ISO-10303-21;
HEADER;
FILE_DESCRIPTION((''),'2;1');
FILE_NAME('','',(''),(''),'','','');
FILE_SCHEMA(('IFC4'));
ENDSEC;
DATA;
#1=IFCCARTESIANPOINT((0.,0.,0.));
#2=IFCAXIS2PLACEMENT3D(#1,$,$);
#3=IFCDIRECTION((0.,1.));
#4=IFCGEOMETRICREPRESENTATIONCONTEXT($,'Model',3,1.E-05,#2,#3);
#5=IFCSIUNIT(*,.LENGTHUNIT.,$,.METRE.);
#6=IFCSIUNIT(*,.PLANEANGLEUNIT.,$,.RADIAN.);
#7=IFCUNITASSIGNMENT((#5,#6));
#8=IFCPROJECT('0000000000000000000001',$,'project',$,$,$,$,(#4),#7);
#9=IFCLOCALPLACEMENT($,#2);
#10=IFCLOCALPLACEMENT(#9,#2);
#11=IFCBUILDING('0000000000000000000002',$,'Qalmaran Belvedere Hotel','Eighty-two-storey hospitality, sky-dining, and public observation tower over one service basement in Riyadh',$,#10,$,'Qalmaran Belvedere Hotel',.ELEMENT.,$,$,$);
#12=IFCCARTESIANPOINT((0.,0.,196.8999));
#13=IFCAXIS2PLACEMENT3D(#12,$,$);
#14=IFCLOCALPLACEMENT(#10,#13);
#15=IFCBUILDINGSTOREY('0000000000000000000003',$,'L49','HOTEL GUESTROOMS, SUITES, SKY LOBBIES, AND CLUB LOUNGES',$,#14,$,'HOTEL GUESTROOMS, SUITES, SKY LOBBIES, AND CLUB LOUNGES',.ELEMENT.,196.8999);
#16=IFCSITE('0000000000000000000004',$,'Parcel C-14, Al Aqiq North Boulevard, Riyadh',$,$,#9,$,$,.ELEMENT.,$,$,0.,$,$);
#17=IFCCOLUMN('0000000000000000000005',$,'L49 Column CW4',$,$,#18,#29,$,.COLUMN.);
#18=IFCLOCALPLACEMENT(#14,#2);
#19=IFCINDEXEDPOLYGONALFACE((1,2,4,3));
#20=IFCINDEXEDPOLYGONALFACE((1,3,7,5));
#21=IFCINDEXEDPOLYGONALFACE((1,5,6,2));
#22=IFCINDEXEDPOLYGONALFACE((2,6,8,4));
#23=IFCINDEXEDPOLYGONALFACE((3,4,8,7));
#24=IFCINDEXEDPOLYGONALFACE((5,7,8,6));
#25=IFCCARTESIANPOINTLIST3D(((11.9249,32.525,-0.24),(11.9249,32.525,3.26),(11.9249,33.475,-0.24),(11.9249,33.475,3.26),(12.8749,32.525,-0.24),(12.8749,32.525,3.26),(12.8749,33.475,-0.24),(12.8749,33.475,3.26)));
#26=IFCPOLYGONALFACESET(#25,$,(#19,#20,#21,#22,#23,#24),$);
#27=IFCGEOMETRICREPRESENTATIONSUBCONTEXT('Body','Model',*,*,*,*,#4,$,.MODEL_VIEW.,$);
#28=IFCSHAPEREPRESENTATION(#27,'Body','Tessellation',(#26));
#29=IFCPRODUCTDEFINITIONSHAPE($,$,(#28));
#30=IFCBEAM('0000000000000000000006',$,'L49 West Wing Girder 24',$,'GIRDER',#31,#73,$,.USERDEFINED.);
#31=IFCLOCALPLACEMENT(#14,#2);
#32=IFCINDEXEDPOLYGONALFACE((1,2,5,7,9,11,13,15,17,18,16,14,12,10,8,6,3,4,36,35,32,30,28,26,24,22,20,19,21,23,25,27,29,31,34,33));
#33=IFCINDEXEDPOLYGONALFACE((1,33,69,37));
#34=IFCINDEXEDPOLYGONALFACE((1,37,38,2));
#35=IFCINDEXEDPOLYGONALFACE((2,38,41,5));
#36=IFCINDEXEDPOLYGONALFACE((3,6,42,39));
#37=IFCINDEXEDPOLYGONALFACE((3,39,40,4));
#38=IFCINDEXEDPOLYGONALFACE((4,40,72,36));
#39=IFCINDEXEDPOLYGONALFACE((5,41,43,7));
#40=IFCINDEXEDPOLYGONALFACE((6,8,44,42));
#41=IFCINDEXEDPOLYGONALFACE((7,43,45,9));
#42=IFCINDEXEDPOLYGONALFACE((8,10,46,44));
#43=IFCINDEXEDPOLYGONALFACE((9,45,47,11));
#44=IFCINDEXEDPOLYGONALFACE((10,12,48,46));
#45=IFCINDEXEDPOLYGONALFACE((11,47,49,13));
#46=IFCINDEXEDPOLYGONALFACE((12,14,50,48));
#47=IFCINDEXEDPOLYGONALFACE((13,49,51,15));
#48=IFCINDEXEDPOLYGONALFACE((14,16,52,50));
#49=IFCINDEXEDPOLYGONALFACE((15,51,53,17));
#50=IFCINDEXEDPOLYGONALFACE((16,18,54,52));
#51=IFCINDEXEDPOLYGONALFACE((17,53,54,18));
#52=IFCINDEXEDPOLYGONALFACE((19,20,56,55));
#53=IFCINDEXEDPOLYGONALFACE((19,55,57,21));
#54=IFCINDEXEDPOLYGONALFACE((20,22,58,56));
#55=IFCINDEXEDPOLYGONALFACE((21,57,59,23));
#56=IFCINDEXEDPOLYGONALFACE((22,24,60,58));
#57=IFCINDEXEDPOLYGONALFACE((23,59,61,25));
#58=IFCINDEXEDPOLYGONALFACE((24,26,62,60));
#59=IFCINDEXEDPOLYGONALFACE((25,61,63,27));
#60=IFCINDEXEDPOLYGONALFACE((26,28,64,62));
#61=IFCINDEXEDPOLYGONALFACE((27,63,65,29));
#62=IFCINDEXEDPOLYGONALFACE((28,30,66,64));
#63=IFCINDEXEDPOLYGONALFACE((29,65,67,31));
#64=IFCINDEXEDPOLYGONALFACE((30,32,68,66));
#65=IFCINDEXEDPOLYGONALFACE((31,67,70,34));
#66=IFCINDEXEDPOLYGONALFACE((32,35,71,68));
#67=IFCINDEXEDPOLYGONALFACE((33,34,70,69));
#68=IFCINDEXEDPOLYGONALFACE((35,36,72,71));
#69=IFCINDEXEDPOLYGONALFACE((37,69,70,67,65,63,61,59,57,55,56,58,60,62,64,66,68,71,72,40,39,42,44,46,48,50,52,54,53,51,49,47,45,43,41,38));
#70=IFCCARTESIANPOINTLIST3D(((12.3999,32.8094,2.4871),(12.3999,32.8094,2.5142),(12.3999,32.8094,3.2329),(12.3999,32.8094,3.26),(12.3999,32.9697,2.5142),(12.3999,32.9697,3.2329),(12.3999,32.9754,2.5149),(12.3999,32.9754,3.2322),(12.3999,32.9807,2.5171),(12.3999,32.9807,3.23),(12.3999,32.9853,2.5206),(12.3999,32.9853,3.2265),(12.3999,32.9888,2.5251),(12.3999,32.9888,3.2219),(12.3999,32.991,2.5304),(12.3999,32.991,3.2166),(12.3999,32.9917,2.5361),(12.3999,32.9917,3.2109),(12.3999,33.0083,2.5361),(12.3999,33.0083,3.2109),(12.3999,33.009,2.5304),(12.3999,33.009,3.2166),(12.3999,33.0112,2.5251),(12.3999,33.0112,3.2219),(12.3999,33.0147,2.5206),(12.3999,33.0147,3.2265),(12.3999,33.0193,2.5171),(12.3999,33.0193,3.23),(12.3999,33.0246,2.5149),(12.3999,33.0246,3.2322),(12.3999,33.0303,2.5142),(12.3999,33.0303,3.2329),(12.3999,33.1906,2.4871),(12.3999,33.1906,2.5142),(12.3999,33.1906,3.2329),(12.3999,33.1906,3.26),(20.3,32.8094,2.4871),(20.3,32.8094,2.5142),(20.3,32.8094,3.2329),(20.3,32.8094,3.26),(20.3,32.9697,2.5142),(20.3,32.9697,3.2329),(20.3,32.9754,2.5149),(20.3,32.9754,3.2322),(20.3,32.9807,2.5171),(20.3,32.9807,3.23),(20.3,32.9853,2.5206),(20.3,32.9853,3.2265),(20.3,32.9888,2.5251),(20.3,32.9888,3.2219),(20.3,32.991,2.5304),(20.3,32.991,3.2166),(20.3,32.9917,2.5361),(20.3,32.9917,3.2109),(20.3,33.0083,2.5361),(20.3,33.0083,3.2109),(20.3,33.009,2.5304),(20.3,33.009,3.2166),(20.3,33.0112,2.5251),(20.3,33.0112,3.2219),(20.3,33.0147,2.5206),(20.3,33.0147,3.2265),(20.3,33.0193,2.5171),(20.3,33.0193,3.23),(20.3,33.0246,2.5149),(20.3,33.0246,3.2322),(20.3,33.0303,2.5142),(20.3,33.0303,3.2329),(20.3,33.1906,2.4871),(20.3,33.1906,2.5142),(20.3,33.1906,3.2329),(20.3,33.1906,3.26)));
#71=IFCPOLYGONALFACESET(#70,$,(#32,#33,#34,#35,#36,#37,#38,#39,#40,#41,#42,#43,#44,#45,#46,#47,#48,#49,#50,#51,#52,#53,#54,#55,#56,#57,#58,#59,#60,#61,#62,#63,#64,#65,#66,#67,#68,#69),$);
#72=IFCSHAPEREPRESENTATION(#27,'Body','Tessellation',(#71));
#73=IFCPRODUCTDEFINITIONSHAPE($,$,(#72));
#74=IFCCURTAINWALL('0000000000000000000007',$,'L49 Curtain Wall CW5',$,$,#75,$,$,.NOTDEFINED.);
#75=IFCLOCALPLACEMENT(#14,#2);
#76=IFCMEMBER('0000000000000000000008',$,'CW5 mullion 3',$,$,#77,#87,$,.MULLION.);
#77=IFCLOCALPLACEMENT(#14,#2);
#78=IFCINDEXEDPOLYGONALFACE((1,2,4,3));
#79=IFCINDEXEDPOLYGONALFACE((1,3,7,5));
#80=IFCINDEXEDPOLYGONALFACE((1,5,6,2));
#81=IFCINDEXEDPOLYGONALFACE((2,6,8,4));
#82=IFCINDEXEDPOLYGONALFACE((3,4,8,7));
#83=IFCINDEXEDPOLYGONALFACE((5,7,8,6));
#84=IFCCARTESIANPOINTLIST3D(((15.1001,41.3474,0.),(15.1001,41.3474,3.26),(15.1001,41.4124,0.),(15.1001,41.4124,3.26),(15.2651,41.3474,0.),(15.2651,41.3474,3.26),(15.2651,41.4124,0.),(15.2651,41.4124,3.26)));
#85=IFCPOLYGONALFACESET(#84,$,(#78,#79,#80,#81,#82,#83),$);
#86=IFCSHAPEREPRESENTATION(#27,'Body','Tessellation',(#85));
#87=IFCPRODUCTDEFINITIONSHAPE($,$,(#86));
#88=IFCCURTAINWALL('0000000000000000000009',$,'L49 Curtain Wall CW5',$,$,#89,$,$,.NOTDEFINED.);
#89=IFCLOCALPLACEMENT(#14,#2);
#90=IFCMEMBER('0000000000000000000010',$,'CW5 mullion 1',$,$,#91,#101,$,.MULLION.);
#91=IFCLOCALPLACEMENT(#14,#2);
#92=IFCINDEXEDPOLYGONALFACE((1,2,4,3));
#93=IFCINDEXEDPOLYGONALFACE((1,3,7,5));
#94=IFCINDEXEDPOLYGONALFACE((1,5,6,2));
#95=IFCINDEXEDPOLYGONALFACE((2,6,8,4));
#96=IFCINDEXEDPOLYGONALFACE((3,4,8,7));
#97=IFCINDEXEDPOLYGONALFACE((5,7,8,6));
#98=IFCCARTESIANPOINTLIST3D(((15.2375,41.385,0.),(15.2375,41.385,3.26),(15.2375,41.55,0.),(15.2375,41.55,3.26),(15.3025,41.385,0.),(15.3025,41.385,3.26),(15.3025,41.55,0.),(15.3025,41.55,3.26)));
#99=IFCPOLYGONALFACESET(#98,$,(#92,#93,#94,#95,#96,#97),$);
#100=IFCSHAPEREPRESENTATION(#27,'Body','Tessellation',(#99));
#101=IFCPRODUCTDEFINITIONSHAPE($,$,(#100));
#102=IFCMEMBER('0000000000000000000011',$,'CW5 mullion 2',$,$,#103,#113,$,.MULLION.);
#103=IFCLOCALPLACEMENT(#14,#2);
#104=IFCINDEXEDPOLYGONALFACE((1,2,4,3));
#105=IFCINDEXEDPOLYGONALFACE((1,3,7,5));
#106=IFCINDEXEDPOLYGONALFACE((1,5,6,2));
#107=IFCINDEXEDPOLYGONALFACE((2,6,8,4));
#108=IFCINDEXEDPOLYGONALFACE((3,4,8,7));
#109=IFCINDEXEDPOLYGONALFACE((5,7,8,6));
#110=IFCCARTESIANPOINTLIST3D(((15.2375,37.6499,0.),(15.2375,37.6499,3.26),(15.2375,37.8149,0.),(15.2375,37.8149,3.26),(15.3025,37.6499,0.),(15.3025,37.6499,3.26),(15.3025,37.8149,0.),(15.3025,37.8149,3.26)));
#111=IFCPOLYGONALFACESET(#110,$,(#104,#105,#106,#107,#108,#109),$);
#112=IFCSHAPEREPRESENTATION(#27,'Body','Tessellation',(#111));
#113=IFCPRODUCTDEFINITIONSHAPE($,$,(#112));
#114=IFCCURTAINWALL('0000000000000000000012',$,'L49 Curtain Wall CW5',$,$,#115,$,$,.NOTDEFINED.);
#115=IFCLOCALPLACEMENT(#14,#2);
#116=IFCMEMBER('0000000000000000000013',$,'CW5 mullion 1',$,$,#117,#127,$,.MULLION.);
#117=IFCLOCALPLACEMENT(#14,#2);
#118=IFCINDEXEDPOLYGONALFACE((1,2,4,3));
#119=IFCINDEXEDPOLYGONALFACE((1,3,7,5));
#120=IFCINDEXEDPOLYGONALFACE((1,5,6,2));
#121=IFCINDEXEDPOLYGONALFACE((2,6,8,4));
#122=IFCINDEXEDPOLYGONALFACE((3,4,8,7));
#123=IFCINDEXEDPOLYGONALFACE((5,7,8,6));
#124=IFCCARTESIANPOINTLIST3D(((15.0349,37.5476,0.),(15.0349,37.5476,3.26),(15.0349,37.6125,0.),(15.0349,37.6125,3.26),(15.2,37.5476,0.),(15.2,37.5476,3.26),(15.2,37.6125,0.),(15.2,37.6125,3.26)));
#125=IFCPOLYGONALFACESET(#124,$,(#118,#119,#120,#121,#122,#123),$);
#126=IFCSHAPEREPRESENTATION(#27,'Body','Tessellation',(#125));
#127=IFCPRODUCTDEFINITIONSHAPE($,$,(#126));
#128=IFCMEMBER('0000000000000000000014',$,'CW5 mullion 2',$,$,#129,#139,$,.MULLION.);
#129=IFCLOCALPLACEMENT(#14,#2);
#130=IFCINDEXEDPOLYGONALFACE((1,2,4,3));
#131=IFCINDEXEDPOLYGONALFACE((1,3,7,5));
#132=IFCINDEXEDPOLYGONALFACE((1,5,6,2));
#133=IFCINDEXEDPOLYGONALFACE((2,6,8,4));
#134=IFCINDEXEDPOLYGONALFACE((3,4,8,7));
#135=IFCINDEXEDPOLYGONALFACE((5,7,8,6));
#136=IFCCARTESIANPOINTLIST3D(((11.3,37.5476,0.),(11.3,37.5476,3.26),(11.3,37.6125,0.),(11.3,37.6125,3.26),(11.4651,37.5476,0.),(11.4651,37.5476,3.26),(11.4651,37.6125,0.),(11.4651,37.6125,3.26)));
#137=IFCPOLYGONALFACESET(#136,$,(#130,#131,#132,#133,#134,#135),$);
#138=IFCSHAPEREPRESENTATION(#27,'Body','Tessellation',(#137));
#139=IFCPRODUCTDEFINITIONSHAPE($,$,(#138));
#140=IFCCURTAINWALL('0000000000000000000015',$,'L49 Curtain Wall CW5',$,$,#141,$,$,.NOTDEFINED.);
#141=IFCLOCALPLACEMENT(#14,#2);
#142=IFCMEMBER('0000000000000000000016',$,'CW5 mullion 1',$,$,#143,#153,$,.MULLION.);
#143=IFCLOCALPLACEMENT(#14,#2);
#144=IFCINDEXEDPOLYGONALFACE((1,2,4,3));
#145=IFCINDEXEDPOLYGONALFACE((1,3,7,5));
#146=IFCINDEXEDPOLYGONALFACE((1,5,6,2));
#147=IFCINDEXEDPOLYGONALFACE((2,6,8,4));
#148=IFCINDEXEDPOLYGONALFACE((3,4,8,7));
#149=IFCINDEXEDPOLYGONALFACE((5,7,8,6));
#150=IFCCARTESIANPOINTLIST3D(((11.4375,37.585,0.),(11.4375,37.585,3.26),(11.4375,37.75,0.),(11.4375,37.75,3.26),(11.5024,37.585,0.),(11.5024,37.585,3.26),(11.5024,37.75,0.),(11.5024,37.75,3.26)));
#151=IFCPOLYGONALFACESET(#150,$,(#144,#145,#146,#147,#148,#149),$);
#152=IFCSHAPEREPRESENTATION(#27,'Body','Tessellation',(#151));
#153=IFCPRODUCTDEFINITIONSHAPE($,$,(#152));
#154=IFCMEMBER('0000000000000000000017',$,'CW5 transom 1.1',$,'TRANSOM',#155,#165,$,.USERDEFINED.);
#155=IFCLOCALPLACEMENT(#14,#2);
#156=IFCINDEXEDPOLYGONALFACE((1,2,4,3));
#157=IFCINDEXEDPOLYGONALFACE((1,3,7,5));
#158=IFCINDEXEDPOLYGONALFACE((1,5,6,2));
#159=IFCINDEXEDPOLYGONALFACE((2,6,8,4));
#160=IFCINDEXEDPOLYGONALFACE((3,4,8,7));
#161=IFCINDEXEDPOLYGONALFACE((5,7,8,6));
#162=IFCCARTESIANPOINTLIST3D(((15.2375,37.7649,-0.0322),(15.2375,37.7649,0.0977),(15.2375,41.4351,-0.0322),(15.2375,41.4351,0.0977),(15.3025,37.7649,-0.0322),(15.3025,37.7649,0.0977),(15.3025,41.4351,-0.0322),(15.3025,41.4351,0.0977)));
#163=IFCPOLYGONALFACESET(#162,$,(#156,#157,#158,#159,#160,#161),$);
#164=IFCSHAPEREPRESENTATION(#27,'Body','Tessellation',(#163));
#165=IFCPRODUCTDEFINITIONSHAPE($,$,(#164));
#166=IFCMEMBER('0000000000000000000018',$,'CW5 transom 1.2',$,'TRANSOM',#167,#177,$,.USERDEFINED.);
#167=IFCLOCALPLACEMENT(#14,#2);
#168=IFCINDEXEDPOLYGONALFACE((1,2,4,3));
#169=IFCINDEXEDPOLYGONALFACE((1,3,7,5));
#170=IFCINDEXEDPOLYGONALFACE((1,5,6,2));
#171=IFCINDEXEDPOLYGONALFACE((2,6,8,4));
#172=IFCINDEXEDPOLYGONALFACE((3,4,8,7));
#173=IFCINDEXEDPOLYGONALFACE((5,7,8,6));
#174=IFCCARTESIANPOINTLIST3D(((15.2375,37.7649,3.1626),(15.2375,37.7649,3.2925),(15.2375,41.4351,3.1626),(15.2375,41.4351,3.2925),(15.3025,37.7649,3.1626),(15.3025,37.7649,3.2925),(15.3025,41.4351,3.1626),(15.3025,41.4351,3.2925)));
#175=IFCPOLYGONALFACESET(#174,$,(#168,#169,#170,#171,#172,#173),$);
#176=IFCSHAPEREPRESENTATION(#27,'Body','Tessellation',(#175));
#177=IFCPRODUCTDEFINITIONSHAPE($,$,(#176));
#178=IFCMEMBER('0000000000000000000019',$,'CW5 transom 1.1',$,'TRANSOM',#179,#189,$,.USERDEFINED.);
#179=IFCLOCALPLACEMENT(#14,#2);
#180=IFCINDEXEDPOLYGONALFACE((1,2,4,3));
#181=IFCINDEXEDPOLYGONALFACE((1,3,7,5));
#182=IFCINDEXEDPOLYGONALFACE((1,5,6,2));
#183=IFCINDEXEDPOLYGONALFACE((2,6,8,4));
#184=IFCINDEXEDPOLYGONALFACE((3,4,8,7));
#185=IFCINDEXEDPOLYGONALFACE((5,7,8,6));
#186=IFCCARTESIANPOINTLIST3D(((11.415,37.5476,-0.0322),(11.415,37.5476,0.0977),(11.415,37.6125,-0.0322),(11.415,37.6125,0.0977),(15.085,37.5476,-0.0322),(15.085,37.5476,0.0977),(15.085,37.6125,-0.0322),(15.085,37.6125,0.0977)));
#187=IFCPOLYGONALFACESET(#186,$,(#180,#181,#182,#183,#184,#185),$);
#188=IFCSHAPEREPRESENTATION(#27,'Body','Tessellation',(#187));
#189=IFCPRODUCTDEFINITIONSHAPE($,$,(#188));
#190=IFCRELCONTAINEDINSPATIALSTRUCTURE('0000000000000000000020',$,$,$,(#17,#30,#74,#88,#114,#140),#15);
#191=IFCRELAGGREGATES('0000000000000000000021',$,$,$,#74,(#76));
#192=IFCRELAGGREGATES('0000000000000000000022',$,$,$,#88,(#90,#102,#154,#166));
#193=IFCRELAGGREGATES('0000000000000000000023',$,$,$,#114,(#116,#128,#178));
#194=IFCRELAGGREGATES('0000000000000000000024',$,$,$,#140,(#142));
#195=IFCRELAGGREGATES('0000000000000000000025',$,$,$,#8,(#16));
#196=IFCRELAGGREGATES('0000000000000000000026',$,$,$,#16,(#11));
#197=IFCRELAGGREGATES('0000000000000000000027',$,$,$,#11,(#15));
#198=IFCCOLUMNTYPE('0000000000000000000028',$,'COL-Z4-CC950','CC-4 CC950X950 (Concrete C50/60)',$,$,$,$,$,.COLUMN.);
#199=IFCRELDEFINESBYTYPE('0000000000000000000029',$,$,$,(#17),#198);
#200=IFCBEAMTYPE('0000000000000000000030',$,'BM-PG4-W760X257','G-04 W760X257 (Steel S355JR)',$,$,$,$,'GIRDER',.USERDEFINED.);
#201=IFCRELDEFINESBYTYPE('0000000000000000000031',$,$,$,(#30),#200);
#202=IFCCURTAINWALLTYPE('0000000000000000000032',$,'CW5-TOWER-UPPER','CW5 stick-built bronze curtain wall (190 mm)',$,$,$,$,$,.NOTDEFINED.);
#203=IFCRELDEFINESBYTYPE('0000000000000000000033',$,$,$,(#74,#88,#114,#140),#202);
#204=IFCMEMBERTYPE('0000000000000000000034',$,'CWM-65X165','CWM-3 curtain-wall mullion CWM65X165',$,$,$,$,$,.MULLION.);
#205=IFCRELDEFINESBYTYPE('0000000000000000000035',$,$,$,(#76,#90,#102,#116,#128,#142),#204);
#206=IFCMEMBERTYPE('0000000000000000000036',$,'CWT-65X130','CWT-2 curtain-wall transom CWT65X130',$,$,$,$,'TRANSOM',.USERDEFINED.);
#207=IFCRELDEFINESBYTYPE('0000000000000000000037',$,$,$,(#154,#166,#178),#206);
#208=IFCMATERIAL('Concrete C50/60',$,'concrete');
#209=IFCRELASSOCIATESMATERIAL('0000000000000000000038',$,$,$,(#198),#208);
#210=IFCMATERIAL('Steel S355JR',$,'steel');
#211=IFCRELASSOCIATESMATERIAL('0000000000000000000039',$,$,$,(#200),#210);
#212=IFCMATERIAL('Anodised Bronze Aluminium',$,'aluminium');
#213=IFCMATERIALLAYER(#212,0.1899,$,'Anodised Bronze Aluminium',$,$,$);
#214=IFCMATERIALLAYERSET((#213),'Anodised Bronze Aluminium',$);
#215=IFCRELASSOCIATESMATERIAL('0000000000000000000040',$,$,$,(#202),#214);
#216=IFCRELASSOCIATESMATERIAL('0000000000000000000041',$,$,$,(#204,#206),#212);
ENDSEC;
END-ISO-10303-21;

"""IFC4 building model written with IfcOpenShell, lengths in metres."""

from ifc_helpers import new_model, si_unit, direction, frame, origin, origin_2d, place, context, subcontext, project, spatial, rectangle, i_section, extrude, material, layer, layer_set, material_profile, profile_set, type_object, element, aggregate, save


model = new_model("IFC4")

# Units and contexts
model_context = context("Model", 3, precision=1e-05, world=origin(), true_north=direction((0.0, 1.0)))
body_context = subcontext(model_context, "Body", "Model", "MODEL_VIEW")
ifc_project = project(units=[si_unit("LENGTHUNIT", "METRE"), si_unit("PLANEANGLEUNIT", "RADIAN")], contexts=[model_context])

# Site, building, storey
site_placement = place(None, origin())
site = spatial("IfcSite", under=ifc_project, at=site_placement, Name="Parcel C-14, Al Aqiq North Boulevard, Riyadh", CompositionType="ELEMENT", RefElevation=0.0)
building_placement = place(site_placement, origin())
building = spatial("IfcBuilding", under=site, at=building_placement, Name="Qalmaran Belvedere Hotel", Description="Eighty-two-storey hospitality, sky-dining, and public observation tower over one service basement in Riyadh", LongName="Qalmaran Belvedere Hotel", CompositionType="ELEMENT")
storey_placement = place(building_placement, frame((0.0, 0.0, 196.8999)))
storey = spatial("IfcBuildingStorey", under=building, at=storey_placement, Name="L49", Description="HOTEL GUESTROOMS, SUITES, SKY LOBBIES, AND CLUB LOUNGES", LongName="HOTEL GUESTROOMS, SUITES, SKY LOBBIES, AND CLUB LOUNGES", CompositionType="ELEMENT", Elevation=196.8999)

# Column
ifc_material_1 = material(Name="Concrete C50/60", Category="concrete")
ifc_material_profile_1 = material_profile(ifc_material_1, rectangle(XDim=0.95, YDim=0.95, at=origin_2d()), Name="CC950X950")
ifc_profile_set_1 = profile_set([ifc_material_profile_1], Name="Concrete C50/60")
column_type = type_object("IfcColumnType", Name="COL-Z4-CC950", Description="CC-4 CC950X950 (Concrete C50/60)", PredefinedType="COLUMN", material=ifc_profile_set_1)
column_placement = place(storey_placement, frame((12.3999, 33.0, -0.24), z_axis=(0.0, 0.0, 1.0), x_axis=(1.0, 0.0, 0.0)))
element("IfcColumn", 1, at=column_placement, inside=storey, type_object=column_type, Name="L49 Column CW4", PredefinedType="COLUMN", context=body_context, shape_type="SweptSolid", body=[
    extrude(rectangle(XDim=0.95, YDim=0.95, at=origin_2d()), origin(), (0.0, 0.0, 1.0), 3.5),
])

# Beam
ifc_material_2 = material(Name="Steel S355JR", Category="steel")
ifc_material_profile_2 = material_profile(ifc_material_2, i_section(OverallWidth=0.3811, OverallDepth=0.7729, WebThickness=0.0166, FlangeThickness=0.0271, FilletRadius=0.022, at=origin_2d()), Name="W760X257")
ifc_profile_set_2 = profile_set([ifc_material_profile_2], Name="Steel S355JR")
beam_type = type_object("IfcBeamType", Name="BM-PG4-W760X257", Description="G-04 W760X257 (Steel S355JR)", ElementType="GIRDER", PredefinedType="USERDEFINED", material=ifc_profile_set_2)
beam_placement = place(storey_placement, frame((12.3999, 33.0, 2.8735), z_axis=(1.0, 0.0, 0.0), x_axis=(0.0, 1.0, 0.0)))
element("IfcBeam", 2, at=beam_placement, inside=storey, type_object=beam_type, Name="L49 West Wing Girder 24", ObjectType="GIRDER", PredefinedType="USERDEFINED", context=body_context, shape_type="SweptSolid", body=[
    extrude(i_section(OverallWidth=0.3811, OverallDepth=0.7729, WebThickness=0.0166, FlangeThickness=0.0271, FilletRadius=0.022, at=origin_2d()), origin(), (0.0, 0.0, 1.0), 7.9001),
])

# Curtain wall, member
ifc_material_3 = material(Name="Anodised Bronze Aluminium", Category="aluminium")
ifc_layer_1 = layer(ifc_material_3, 0.1899, Name="Anodised Bronze Aluminium")
ifc_layer_set_1 = layer_set([ifc_layer_1], Name="Anodised Bronze Aluminium")
curtain_wall_type = type_object("IfcCurtainWallType", Name="CW5-TOWER-UPPER", Description="CW5 stick-built bronze curtain wall (190 mm)", PredefinedType="NOTDEFINED", material=ifc_layer_set_1)
curtain_wall_1_placement = place(storey_placement, origin())
curtain_wall_1 = element("IfcCurtainWall", 3, at=curtain_wall_1_placement, inside=storey, type_object=curtain_wall_type, Name="L49 Curtain Wall CW5", PredefinedType="NOTDEFINED")
ifc_material_profile_3 = material_profile(ifc_material_3, rectangle(XDim=0.0649, YDim=0.165, at=origin_2d()), Name="CWM65X165")
ifc_profile_set_3 = profile_set([ifc_material_profile_3], Name="Anodised Bronze Aluminium")
member_type_1 = type_object("IfcMemberType", Name="CWM-65X165", Description="CWM-3 curtain-wall mullion CWM65X165", PredefinedType="MULLION", material=ifc_profile_set_3)
member_1_placement = place(storey_placement, frame((15.1826, 41.3799, 0.0), z_axis=(0.0, 0.0, 1.0), x_axis=(0.0, -1.0, 0.0)))
member_1 = element("IfcMember", 4, at=member_1_placement, type_object=member_type_1, Name="CW5 mullion 3", PredefinedType="MULLION", context=body_context, shape_type="SweptSolid", body=[
    extrude(rectangle(XDim=0.0649, YDim=0.165, at=origin_2d()), origin(), (0.0, 0.0, 1.0), 3.26),
])
aggregate(curtain_wall_1, [member_1])

# Curtain walls, members
curtain_wall_2_placement = place(storey_placement, origin())
curtain_wall_2 = element("IfcCurtainWall", 5, at=curtain_wall_2_placement, inside=storey, type_object=curtain_wall_type, Name="L49 Curtain Wall CW5", PredefinedType="NOTDEFINED")
member_2_placement = place(storey_placement, frame((15.27, 41.4675, 0.0), z_axis=(0.0, 0.0, 1.0), x_axis=(1.0, 0.0, 0.0)))
member_2 = element("IfcMember", 6, at=member_2_placement, type_object=member_type_1, Name="CW5 mullion 1", PredefinedType="MULLION", context=body_context, shape_type="SweptSolid", body=[
    extrude(rectangle(XDim=0.0649, YDim=0.165, at=origin_2d()), origin(), (0.0, 0.0, 1.0), 3.26),
])
member_3_placement = place(storey_placement, frame((15.27, 37.7324, 0.0), z_axis=(0.0, 0.0, 1.0), x_axis=(1.0, 0.0, 0.0)))
member_3 = element("IfcMember", 7, at=member_3_placement, type_object=member_type_1, Name="CW5 mullion 2", PredefinedType="MULLION", context=body_context, shape_type="SweptSolid", body=[
    extrude(rectangle(XDim=0.0649, YDim=0.165, at=origin_2d()), origin(), (0.0, 0.0, 1.0), 3.26),
])
curtain_wall_3_placement = place(storey_placement, origin())
curtain_wall_3 = element("IfcCurtainWall", 8, at=curtain_wall_3_placement, inside=storey, type_object=curtain_wall_type, Name="L49 Curtain Wall CW5", PredefinedType="NOTDEFINED")
member_4_placement = place(storey_placement, frame((15.1174, 37.5801, 0.0), z_axis=(0.0, 0.0, 1.0), x_axis=(0.0, -1.0, 0.0)))
member_4 = element("IfcMember", 9, at=member_4_placement, type_object=member_type_1, Name="CW5 mullion 1", PredefinedType="MULLION", context=body_context, shape_type="SweptSolid", body=[
    extrude(rectangle(XDim=0.0649, YDim=0.165, at=origin_2d()), origin(), (0.0, 0.0, 1.0), 3.26),
])
member_5_placement = place(storey_placement, frame((11.3826, 37.5801, 0.0), z_axis=(0.0, 0.0, 1.0), x_axis=(0.0, -1.0, 0.0)))
member_5 = element("IfcMember", 10, at=member_5_placement, type_object=member_type_1, Name="CW5 mullion 2", PredefinedType="MULLION", context=body_context, shape_type="SweptSolid", body=[
    extrude(rectangle(XDim=0.0649, YDim=0.165, at=origin_2d()), origin(), (0.0, 0.0, 1.0), 3.26),
])

# Curtain wall, member
curtain_wall_4_placement = place(storey_placement, origin())
curtain_wall_4 = element("IfcCurtainWall", 11, at=curtain_wall_4_placement, inside=storey, type_object=curtain_wall_type, Name="L49 Curtain Wall CW5", PredefinedType="NOTDEFINED")
member_6_placement = place(storey_placement, frame((11.47, 37.6675, 0.0), z_axis=(0.0, 0.0, 1.0), x_axis=(1.0, 0.0, 0.0)))
member_6 = element("IfcMember", 12, at=member_6_placement, type_object=member_type_1, Name="CW5 mullion 1", PredefinedType="MULLION", context=body_context, shape_type="SweptSolid", body=[
    extrude(rectangle(XDim=0.0649, YDim=0.165, at=origin_2d()), origin(), (0.0, 0.0, 1.0), 3.26),
])

# Members
ifc_material_profile_4 = material_profile(ifc_material_3, rectangle(XDim=0.0649, YDim=0.1299, at=origin_2d()), Name="CWT65X130")
ifc_profile_set_4 = profile_set([ifc_material_profile_4], Name="Anodised Bronze Aluminium")
member_type_2 = type_object("IfcMemberType", Name="CWT-65X130", Description="CWT-2 curtain-wall transom CWT65X130", ElementType="TRANSOM", PredefinedType="USERDEFINED", material=ifc_profile_set_4)
member_7_placement = place(storey_placement, frame((15.27, 41.4351, 0.0327), z_axis=(0.0, -1.0, 0.0), x_axis=(1.0, 0.0, 0.0)))
member_7 = element("IfcMember", 13, at=member_7_placement, type_object=member_type_2, Name="CW5 transom 1.1", ObjectType="TRANSOM", PredefinedType="USERDEFINED", context=body_context, shape_type="SweptSolid", body=[
    extrude(rectangle(XDim=0.0649, YDim=0.1299, at=origin_2d()), origin(), (0.0, 0.0, 1.0), 3.6702),
])
member_8_placement = place(storey_placement, frame((15.27, 41.4351, 3.2275), z_axis=(0.0, -1.0, 0.0), x_axis=(1.0, 0.0, 0.0)))
member_8 = element("IfcMember", 14, at=member_8_placement, type_object=member_type_2, Name="CW5 transom 1.2", ObjectType="TRANSOM", PredefinedType="USERDEFINED", context=body_context, shape_type="SweptSolid", body=[
    extrude(rectangle(XDim=0.0649, YDim=0.1299, at=origin_2d()), origin(), (0.0, 0.0, 1.0), 3.6702),
])
member_9_placement = place(storey_placement, frame((15.085, 37.5801, 0.0327), z_axis=(-1.0, 0.0, 0.0), x_axis=(0.0, -1.0, 0.0)))
member_9 = element("IfcMember", 15, at=member_9_placement, type_object=member_type_2, Name="CW5 transom 1.1", ObjectType="TRANSOM", PredefinedType="USERDEFINED", context=body_context, shape_type="SweptSolid", body=[
    extrude(rectangle(XDim=0.0649, YDim=0.1299, at=origin_2d()), origin(), (0.0, 0.0, 1.0), 3.6699),
])

aggregate(curtain_wall_2, [member_2, member_3, member_7, member_8])
aggregate(curtain_wall_3, [member_4, member_5, member_9])
aggregate(curtain_wall_4, [member_6])

save(model, "model.ifc")
